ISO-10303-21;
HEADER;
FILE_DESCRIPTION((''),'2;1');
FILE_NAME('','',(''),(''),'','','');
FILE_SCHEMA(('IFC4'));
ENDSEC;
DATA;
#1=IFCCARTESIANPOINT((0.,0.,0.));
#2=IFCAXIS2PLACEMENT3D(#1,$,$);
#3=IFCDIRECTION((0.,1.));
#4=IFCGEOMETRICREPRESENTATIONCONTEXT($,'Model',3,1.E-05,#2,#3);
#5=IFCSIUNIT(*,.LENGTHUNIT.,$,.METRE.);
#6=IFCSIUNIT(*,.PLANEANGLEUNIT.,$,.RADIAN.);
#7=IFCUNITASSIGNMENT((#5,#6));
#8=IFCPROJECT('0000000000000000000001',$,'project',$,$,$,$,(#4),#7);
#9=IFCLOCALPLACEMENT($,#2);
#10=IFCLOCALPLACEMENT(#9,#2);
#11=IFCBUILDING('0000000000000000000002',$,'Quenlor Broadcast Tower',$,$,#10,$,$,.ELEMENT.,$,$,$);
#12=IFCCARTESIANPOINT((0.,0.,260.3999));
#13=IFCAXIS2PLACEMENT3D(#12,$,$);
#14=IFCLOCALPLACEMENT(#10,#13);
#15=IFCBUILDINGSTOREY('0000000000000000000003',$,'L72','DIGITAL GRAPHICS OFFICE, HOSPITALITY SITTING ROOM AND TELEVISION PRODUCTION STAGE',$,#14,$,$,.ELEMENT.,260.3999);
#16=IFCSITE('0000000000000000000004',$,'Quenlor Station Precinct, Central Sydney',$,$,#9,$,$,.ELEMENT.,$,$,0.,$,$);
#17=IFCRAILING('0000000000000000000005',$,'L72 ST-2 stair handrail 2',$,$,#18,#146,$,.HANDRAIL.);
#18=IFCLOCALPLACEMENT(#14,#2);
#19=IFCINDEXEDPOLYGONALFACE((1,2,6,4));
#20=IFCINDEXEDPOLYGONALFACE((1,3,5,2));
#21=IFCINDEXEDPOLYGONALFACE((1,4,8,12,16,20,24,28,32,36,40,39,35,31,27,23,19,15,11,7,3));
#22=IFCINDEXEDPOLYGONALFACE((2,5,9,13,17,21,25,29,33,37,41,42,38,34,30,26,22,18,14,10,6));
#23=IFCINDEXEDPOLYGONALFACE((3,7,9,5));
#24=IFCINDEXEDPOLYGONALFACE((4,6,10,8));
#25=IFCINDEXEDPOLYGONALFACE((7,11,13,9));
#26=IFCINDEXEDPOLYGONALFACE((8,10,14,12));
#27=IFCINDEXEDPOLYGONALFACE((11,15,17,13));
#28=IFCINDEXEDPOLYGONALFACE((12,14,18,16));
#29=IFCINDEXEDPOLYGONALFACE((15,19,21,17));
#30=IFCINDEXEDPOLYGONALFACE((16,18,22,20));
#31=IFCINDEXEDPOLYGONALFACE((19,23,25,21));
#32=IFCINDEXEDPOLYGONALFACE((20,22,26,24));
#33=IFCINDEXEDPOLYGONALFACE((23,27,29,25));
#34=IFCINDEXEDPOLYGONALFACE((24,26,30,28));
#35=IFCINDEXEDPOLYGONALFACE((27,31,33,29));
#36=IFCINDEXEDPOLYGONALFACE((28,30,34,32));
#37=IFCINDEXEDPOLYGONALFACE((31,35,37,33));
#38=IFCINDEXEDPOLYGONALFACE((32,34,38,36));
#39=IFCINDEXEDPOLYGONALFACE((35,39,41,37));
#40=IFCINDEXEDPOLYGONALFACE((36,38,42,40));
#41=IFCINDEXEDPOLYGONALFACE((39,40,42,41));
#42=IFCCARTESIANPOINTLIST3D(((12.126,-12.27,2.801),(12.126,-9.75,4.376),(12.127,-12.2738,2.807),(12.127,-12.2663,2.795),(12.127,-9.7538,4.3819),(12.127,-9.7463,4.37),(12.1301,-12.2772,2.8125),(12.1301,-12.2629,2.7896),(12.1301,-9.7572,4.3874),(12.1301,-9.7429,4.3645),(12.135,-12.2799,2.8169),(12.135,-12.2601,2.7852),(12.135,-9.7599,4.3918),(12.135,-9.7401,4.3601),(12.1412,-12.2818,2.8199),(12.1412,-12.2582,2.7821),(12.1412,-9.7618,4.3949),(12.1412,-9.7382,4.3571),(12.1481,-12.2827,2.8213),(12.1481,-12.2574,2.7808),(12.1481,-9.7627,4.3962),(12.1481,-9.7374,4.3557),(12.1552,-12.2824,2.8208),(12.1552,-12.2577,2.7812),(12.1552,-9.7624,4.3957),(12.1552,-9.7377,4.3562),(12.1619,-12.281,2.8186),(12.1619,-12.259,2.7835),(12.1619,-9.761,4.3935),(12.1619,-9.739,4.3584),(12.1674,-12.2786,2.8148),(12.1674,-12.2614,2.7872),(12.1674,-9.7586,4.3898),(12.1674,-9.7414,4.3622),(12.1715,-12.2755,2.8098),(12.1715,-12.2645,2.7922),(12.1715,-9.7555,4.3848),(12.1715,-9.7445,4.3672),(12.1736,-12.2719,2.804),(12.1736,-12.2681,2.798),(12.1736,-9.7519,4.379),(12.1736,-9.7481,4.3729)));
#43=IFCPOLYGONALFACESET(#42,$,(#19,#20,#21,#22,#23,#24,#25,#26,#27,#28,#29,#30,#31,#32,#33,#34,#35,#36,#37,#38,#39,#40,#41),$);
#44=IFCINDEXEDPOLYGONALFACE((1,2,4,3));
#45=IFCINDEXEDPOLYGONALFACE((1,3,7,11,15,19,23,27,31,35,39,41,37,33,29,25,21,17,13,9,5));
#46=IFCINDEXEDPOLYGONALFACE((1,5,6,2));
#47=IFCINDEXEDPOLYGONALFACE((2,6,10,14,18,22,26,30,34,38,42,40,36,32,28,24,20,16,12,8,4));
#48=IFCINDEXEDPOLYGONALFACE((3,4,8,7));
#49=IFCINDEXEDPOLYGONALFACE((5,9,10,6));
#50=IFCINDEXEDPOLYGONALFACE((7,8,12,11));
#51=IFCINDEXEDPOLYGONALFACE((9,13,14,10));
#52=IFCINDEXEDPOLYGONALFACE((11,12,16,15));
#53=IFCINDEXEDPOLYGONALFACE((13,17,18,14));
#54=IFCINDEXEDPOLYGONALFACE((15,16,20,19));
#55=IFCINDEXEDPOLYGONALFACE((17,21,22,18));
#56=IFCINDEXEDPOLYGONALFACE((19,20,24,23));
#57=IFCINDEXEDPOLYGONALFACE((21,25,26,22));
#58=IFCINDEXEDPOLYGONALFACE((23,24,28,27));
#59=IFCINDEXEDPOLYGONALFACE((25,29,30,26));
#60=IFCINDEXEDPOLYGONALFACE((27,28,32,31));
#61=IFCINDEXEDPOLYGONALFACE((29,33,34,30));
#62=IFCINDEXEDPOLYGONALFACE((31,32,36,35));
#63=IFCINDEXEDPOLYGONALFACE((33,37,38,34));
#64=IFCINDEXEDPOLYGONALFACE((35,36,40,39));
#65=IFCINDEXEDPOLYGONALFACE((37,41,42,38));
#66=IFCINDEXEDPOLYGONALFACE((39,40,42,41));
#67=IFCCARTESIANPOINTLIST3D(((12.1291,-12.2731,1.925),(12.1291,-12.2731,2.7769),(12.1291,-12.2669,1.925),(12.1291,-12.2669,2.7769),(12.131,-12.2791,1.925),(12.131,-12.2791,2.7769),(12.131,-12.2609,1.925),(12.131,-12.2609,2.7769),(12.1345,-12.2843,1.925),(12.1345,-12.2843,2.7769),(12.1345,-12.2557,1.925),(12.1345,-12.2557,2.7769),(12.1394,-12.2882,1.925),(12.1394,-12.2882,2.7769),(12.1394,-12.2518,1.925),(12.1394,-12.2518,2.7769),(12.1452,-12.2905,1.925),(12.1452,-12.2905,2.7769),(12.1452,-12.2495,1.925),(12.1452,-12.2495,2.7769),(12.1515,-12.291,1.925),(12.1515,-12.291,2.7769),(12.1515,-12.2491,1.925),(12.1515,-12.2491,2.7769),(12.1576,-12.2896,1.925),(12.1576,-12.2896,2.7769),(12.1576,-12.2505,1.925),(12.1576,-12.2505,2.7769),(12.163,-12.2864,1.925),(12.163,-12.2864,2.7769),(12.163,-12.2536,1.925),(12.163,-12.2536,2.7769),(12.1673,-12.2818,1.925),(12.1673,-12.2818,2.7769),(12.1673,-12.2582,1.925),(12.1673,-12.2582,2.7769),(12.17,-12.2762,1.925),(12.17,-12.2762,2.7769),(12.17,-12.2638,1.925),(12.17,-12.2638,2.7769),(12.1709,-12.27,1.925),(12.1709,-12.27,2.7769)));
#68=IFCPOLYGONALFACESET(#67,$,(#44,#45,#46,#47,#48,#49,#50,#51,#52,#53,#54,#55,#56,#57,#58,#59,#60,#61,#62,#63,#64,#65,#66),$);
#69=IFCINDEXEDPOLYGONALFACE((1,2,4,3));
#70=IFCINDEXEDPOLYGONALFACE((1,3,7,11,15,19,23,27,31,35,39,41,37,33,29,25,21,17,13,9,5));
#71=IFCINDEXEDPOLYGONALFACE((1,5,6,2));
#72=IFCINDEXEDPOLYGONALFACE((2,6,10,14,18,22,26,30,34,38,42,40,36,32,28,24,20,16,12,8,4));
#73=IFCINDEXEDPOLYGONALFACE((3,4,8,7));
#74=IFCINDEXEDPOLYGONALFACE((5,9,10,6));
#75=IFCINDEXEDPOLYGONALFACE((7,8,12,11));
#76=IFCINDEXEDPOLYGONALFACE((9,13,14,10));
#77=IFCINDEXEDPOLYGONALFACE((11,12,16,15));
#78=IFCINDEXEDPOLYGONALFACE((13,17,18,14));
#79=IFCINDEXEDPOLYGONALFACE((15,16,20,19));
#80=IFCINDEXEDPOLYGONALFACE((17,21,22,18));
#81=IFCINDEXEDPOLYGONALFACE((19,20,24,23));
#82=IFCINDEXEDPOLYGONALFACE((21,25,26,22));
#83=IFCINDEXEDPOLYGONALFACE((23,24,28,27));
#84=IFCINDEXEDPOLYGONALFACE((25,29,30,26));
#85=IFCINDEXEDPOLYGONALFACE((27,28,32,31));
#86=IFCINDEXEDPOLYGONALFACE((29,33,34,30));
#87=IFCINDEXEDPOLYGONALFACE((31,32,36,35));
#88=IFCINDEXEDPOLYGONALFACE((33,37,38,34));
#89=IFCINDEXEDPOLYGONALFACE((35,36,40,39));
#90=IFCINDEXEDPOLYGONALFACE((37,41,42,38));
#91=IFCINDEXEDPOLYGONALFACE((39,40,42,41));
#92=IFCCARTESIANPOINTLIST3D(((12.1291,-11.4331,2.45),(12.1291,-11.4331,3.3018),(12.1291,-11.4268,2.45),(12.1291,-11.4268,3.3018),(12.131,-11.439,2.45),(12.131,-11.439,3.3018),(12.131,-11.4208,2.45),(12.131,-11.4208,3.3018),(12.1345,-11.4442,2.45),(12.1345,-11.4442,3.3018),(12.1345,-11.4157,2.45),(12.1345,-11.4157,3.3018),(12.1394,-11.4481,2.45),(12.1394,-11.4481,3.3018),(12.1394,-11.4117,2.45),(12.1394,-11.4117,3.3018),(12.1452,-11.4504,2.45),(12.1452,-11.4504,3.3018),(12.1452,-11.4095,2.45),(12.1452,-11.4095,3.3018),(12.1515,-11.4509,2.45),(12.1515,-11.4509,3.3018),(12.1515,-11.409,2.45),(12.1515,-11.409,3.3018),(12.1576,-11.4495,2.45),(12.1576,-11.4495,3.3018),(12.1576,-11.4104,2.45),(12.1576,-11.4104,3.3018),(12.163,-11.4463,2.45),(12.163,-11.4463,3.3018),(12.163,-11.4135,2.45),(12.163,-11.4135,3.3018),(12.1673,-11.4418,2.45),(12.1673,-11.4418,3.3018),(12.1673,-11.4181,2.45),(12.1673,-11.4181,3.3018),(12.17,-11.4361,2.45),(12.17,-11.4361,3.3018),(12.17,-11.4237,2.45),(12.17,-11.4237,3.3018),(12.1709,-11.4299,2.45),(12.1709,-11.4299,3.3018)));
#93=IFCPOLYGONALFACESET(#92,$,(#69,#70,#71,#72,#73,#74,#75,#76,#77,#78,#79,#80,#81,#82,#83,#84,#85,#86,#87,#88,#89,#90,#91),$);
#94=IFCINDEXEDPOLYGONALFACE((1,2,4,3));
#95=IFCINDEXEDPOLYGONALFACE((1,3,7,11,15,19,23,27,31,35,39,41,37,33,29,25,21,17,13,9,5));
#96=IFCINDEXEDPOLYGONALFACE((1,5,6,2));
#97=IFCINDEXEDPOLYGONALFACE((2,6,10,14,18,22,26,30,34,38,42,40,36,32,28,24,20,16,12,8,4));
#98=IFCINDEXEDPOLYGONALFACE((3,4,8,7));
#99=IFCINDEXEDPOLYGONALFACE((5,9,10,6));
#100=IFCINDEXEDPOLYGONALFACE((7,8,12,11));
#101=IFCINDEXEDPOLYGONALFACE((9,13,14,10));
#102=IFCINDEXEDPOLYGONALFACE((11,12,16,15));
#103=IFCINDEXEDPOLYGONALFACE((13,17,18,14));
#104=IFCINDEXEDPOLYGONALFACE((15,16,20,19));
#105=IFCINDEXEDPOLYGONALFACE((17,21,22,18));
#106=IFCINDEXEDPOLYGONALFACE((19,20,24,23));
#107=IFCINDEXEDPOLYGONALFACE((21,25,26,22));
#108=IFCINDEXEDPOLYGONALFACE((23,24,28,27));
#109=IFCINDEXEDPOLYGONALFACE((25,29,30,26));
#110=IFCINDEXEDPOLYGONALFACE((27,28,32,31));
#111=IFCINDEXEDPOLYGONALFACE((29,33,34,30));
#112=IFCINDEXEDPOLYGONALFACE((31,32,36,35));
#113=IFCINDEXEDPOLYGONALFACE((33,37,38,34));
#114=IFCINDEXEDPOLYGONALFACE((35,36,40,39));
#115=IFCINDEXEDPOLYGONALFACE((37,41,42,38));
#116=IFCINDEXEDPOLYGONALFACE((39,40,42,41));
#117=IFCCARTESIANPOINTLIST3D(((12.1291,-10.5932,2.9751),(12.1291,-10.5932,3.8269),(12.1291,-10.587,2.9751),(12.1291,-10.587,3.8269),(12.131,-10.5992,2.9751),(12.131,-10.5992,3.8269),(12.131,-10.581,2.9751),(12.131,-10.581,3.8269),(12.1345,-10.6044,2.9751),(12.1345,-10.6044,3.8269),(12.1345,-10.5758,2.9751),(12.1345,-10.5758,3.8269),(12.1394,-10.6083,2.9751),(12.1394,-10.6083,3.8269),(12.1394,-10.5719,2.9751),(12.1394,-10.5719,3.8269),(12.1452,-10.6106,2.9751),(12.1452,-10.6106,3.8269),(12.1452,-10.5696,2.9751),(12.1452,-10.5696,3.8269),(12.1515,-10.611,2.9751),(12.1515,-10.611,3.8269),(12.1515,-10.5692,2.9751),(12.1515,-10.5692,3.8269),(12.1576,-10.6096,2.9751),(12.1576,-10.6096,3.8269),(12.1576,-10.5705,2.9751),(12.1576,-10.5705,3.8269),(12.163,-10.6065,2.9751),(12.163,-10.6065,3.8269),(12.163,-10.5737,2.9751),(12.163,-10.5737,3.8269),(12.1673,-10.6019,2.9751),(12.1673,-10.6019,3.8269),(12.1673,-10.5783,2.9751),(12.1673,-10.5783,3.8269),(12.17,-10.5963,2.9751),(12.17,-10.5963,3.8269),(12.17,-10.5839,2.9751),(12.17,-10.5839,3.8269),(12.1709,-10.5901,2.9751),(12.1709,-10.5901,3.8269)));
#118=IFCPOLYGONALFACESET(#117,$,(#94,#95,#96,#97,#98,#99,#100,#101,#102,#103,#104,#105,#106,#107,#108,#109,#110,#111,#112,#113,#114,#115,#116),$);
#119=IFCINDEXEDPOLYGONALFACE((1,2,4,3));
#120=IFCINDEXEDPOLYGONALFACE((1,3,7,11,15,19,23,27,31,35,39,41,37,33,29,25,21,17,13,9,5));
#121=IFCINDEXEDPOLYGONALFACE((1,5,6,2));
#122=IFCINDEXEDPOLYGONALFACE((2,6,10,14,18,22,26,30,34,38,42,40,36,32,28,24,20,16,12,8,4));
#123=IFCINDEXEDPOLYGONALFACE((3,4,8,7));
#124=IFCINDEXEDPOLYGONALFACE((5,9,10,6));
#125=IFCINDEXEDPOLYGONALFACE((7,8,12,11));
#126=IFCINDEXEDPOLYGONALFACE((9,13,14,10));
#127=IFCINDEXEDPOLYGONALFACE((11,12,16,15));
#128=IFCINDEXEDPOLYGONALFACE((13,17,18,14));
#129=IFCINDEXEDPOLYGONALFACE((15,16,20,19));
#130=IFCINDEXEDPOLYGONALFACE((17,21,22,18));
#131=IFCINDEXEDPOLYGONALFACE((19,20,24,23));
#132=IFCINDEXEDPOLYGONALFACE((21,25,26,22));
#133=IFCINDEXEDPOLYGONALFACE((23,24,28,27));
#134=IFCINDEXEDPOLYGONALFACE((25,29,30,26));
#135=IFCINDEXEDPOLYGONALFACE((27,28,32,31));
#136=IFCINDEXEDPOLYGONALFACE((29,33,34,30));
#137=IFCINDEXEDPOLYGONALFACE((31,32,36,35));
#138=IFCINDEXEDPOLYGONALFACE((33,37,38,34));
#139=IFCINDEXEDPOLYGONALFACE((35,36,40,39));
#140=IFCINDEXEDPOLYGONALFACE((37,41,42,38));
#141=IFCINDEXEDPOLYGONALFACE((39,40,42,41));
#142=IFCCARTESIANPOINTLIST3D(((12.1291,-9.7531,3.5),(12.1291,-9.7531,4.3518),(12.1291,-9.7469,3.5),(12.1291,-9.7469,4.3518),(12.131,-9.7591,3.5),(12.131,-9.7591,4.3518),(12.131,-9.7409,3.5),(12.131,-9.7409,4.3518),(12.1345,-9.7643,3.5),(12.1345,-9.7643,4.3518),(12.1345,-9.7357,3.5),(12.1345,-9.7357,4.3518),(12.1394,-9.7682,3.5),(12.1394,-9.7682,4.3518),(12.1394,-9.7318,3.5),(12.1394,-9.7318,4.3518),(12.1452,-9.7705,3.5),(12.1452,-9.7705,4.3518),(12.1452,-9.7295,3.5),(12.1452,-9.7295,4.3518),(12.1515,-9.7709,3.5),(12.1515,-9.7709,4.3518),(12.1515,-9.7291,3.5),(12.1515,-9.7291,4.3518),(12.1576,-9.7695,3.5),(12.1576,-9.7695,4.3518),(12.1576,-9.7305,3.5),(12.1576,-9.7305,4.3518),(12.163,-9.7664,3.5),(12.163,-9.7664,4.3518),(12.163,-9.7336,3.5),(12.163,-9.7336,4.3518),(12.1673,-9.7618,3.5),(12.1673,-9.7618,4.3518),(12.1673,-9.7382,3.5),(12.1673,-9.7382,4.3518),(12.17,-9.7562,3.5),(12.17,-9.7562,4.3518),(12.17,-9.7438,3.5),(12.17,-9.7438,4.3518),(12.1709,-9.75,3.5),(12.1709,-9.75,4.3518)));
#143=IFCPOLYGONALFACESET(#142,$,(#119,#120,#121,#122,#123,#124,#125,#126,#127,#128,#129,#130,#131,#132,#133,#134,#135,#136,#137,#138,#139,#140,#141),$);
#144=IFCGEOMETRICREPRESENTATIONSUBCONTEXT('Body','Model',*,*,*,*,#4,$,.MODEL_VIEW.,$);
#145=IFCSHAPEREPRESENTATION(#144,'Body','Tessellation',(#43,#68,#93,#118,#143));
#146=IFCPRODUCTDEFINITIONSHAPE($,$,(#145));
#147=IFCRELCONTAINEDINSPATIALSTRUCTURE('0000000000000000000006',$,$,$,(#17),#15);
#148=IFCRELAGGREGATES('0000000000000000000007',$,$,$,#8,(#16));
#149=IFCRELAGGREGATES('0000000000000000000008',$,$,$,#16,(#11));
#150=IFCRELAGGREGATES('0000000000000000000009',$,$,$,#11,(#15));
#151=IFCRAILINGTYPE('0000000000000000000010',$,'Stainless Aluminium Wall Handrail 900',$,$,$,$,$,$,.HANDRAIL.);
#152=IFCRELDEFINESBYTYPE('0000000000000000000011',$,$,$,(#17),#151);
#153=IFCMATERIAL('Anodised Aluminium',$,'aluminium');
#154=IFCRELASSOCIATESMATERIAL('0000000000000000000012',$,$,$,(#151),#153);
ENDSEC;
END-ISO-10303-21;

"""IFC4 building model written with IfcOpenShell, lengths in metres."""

from ifc_helpers import new_model, si_unit, direction, frame, origin, origin_2d, place, context, subcontext, project, spatial, circle, extrude, material, type_object, element, save


model = new_model("IFC4")

# Units and contexts
model_context = context("Model", 3, precision=1e-05, world=origin(), true_north=direction((0.0, 1.0)))
body_context = subcontext(model_context, "Body", "Model", "MODEL_VIEW")
ifc_project = project(units=[si_unit("LENGTHUNIT", "METRE"), si_unit("PLANEANGLEUNIT", "RADIAN")], contexts=[model_context])

# Site, building, storey
site_placement = place(None, origin())
site = spatial("IfcSite", under=ifc_project, at=site_placement, Name="Quenlor Station Precinct, Central Sydney", CompositionType="ELEMENT", RefElevation=0.0)
building_placement = place(site_placement, origin())
building = spatial("IfcBuilding", under=site, at=building_placement, Name="Quenlor Broadcast Tower", CompositionType="ELEMENT")
storey_placement = place(building_placement, frame((0.0, 0.0, 260.3999)))
storey = spatial("IfcBuildingStorey", under=building, at=storey_placement, Name="L72", Description="DIGITAL GRAPHICS OFFICE, HOSPITALITY SITTING ROOM AND TELEVISION PRODUCTION STAGE", CompositionType="ELEMENT", Elevation=260.3999)

# Railing
ifc_material_1 = material(Name="Anodised Aluminium", Category="aluminium")
railing_type_1 = type_object("IfcRailingType", Name="Stainless Aluminium Wall Handrail 900", PredefinedType="HANDRAIL", material=ifc_material_1)
railing_1_placement = place(storey_placement, frame((12.1499, -12.27, 1.925)))
element("IfcRailing", 1, at=railing_1_placement, inside=storey, type_object=railing_type_1, Name="L72 ST-2 stair handrail 2", PredefinedType="HANDRAIL", context=body_context, shape_type="SweptSolid", body=[
    extrude(circle(Radius=0.0239, at=origin_2d()), frame((0.0, 0.0, 0.876), z_axis=(0.0, 0.848008, 0.529984), x_axis=(-1.0, 0.0, 0.0)), (0.0, 0.0, 1.0), 2.9717),
    extrude(circle(Radius=0.021, at=origin_2d()), origin(), (0.0, 0.0, 1.0), 0.8518),
    extrude(circle(Radius=0.021, at=origin_2d()), frame((0.0, 0.8401, 0.5249)), (0.0, 0.0, 1.0), 0.8518),
    extrude(circle(Radius=0.021, at=origin_2d()), frame((0.0, 1.6799, 1.05)), (0.0, 0.0, 1.0), 0.8518),
    extrude(circle(Radius=0.021, at=origin_2d()), frame((0.0, 2.52, 1.575)), (0.0, 0.0, 1.0), 0.8518),
])

save(model, "model.ifc")
